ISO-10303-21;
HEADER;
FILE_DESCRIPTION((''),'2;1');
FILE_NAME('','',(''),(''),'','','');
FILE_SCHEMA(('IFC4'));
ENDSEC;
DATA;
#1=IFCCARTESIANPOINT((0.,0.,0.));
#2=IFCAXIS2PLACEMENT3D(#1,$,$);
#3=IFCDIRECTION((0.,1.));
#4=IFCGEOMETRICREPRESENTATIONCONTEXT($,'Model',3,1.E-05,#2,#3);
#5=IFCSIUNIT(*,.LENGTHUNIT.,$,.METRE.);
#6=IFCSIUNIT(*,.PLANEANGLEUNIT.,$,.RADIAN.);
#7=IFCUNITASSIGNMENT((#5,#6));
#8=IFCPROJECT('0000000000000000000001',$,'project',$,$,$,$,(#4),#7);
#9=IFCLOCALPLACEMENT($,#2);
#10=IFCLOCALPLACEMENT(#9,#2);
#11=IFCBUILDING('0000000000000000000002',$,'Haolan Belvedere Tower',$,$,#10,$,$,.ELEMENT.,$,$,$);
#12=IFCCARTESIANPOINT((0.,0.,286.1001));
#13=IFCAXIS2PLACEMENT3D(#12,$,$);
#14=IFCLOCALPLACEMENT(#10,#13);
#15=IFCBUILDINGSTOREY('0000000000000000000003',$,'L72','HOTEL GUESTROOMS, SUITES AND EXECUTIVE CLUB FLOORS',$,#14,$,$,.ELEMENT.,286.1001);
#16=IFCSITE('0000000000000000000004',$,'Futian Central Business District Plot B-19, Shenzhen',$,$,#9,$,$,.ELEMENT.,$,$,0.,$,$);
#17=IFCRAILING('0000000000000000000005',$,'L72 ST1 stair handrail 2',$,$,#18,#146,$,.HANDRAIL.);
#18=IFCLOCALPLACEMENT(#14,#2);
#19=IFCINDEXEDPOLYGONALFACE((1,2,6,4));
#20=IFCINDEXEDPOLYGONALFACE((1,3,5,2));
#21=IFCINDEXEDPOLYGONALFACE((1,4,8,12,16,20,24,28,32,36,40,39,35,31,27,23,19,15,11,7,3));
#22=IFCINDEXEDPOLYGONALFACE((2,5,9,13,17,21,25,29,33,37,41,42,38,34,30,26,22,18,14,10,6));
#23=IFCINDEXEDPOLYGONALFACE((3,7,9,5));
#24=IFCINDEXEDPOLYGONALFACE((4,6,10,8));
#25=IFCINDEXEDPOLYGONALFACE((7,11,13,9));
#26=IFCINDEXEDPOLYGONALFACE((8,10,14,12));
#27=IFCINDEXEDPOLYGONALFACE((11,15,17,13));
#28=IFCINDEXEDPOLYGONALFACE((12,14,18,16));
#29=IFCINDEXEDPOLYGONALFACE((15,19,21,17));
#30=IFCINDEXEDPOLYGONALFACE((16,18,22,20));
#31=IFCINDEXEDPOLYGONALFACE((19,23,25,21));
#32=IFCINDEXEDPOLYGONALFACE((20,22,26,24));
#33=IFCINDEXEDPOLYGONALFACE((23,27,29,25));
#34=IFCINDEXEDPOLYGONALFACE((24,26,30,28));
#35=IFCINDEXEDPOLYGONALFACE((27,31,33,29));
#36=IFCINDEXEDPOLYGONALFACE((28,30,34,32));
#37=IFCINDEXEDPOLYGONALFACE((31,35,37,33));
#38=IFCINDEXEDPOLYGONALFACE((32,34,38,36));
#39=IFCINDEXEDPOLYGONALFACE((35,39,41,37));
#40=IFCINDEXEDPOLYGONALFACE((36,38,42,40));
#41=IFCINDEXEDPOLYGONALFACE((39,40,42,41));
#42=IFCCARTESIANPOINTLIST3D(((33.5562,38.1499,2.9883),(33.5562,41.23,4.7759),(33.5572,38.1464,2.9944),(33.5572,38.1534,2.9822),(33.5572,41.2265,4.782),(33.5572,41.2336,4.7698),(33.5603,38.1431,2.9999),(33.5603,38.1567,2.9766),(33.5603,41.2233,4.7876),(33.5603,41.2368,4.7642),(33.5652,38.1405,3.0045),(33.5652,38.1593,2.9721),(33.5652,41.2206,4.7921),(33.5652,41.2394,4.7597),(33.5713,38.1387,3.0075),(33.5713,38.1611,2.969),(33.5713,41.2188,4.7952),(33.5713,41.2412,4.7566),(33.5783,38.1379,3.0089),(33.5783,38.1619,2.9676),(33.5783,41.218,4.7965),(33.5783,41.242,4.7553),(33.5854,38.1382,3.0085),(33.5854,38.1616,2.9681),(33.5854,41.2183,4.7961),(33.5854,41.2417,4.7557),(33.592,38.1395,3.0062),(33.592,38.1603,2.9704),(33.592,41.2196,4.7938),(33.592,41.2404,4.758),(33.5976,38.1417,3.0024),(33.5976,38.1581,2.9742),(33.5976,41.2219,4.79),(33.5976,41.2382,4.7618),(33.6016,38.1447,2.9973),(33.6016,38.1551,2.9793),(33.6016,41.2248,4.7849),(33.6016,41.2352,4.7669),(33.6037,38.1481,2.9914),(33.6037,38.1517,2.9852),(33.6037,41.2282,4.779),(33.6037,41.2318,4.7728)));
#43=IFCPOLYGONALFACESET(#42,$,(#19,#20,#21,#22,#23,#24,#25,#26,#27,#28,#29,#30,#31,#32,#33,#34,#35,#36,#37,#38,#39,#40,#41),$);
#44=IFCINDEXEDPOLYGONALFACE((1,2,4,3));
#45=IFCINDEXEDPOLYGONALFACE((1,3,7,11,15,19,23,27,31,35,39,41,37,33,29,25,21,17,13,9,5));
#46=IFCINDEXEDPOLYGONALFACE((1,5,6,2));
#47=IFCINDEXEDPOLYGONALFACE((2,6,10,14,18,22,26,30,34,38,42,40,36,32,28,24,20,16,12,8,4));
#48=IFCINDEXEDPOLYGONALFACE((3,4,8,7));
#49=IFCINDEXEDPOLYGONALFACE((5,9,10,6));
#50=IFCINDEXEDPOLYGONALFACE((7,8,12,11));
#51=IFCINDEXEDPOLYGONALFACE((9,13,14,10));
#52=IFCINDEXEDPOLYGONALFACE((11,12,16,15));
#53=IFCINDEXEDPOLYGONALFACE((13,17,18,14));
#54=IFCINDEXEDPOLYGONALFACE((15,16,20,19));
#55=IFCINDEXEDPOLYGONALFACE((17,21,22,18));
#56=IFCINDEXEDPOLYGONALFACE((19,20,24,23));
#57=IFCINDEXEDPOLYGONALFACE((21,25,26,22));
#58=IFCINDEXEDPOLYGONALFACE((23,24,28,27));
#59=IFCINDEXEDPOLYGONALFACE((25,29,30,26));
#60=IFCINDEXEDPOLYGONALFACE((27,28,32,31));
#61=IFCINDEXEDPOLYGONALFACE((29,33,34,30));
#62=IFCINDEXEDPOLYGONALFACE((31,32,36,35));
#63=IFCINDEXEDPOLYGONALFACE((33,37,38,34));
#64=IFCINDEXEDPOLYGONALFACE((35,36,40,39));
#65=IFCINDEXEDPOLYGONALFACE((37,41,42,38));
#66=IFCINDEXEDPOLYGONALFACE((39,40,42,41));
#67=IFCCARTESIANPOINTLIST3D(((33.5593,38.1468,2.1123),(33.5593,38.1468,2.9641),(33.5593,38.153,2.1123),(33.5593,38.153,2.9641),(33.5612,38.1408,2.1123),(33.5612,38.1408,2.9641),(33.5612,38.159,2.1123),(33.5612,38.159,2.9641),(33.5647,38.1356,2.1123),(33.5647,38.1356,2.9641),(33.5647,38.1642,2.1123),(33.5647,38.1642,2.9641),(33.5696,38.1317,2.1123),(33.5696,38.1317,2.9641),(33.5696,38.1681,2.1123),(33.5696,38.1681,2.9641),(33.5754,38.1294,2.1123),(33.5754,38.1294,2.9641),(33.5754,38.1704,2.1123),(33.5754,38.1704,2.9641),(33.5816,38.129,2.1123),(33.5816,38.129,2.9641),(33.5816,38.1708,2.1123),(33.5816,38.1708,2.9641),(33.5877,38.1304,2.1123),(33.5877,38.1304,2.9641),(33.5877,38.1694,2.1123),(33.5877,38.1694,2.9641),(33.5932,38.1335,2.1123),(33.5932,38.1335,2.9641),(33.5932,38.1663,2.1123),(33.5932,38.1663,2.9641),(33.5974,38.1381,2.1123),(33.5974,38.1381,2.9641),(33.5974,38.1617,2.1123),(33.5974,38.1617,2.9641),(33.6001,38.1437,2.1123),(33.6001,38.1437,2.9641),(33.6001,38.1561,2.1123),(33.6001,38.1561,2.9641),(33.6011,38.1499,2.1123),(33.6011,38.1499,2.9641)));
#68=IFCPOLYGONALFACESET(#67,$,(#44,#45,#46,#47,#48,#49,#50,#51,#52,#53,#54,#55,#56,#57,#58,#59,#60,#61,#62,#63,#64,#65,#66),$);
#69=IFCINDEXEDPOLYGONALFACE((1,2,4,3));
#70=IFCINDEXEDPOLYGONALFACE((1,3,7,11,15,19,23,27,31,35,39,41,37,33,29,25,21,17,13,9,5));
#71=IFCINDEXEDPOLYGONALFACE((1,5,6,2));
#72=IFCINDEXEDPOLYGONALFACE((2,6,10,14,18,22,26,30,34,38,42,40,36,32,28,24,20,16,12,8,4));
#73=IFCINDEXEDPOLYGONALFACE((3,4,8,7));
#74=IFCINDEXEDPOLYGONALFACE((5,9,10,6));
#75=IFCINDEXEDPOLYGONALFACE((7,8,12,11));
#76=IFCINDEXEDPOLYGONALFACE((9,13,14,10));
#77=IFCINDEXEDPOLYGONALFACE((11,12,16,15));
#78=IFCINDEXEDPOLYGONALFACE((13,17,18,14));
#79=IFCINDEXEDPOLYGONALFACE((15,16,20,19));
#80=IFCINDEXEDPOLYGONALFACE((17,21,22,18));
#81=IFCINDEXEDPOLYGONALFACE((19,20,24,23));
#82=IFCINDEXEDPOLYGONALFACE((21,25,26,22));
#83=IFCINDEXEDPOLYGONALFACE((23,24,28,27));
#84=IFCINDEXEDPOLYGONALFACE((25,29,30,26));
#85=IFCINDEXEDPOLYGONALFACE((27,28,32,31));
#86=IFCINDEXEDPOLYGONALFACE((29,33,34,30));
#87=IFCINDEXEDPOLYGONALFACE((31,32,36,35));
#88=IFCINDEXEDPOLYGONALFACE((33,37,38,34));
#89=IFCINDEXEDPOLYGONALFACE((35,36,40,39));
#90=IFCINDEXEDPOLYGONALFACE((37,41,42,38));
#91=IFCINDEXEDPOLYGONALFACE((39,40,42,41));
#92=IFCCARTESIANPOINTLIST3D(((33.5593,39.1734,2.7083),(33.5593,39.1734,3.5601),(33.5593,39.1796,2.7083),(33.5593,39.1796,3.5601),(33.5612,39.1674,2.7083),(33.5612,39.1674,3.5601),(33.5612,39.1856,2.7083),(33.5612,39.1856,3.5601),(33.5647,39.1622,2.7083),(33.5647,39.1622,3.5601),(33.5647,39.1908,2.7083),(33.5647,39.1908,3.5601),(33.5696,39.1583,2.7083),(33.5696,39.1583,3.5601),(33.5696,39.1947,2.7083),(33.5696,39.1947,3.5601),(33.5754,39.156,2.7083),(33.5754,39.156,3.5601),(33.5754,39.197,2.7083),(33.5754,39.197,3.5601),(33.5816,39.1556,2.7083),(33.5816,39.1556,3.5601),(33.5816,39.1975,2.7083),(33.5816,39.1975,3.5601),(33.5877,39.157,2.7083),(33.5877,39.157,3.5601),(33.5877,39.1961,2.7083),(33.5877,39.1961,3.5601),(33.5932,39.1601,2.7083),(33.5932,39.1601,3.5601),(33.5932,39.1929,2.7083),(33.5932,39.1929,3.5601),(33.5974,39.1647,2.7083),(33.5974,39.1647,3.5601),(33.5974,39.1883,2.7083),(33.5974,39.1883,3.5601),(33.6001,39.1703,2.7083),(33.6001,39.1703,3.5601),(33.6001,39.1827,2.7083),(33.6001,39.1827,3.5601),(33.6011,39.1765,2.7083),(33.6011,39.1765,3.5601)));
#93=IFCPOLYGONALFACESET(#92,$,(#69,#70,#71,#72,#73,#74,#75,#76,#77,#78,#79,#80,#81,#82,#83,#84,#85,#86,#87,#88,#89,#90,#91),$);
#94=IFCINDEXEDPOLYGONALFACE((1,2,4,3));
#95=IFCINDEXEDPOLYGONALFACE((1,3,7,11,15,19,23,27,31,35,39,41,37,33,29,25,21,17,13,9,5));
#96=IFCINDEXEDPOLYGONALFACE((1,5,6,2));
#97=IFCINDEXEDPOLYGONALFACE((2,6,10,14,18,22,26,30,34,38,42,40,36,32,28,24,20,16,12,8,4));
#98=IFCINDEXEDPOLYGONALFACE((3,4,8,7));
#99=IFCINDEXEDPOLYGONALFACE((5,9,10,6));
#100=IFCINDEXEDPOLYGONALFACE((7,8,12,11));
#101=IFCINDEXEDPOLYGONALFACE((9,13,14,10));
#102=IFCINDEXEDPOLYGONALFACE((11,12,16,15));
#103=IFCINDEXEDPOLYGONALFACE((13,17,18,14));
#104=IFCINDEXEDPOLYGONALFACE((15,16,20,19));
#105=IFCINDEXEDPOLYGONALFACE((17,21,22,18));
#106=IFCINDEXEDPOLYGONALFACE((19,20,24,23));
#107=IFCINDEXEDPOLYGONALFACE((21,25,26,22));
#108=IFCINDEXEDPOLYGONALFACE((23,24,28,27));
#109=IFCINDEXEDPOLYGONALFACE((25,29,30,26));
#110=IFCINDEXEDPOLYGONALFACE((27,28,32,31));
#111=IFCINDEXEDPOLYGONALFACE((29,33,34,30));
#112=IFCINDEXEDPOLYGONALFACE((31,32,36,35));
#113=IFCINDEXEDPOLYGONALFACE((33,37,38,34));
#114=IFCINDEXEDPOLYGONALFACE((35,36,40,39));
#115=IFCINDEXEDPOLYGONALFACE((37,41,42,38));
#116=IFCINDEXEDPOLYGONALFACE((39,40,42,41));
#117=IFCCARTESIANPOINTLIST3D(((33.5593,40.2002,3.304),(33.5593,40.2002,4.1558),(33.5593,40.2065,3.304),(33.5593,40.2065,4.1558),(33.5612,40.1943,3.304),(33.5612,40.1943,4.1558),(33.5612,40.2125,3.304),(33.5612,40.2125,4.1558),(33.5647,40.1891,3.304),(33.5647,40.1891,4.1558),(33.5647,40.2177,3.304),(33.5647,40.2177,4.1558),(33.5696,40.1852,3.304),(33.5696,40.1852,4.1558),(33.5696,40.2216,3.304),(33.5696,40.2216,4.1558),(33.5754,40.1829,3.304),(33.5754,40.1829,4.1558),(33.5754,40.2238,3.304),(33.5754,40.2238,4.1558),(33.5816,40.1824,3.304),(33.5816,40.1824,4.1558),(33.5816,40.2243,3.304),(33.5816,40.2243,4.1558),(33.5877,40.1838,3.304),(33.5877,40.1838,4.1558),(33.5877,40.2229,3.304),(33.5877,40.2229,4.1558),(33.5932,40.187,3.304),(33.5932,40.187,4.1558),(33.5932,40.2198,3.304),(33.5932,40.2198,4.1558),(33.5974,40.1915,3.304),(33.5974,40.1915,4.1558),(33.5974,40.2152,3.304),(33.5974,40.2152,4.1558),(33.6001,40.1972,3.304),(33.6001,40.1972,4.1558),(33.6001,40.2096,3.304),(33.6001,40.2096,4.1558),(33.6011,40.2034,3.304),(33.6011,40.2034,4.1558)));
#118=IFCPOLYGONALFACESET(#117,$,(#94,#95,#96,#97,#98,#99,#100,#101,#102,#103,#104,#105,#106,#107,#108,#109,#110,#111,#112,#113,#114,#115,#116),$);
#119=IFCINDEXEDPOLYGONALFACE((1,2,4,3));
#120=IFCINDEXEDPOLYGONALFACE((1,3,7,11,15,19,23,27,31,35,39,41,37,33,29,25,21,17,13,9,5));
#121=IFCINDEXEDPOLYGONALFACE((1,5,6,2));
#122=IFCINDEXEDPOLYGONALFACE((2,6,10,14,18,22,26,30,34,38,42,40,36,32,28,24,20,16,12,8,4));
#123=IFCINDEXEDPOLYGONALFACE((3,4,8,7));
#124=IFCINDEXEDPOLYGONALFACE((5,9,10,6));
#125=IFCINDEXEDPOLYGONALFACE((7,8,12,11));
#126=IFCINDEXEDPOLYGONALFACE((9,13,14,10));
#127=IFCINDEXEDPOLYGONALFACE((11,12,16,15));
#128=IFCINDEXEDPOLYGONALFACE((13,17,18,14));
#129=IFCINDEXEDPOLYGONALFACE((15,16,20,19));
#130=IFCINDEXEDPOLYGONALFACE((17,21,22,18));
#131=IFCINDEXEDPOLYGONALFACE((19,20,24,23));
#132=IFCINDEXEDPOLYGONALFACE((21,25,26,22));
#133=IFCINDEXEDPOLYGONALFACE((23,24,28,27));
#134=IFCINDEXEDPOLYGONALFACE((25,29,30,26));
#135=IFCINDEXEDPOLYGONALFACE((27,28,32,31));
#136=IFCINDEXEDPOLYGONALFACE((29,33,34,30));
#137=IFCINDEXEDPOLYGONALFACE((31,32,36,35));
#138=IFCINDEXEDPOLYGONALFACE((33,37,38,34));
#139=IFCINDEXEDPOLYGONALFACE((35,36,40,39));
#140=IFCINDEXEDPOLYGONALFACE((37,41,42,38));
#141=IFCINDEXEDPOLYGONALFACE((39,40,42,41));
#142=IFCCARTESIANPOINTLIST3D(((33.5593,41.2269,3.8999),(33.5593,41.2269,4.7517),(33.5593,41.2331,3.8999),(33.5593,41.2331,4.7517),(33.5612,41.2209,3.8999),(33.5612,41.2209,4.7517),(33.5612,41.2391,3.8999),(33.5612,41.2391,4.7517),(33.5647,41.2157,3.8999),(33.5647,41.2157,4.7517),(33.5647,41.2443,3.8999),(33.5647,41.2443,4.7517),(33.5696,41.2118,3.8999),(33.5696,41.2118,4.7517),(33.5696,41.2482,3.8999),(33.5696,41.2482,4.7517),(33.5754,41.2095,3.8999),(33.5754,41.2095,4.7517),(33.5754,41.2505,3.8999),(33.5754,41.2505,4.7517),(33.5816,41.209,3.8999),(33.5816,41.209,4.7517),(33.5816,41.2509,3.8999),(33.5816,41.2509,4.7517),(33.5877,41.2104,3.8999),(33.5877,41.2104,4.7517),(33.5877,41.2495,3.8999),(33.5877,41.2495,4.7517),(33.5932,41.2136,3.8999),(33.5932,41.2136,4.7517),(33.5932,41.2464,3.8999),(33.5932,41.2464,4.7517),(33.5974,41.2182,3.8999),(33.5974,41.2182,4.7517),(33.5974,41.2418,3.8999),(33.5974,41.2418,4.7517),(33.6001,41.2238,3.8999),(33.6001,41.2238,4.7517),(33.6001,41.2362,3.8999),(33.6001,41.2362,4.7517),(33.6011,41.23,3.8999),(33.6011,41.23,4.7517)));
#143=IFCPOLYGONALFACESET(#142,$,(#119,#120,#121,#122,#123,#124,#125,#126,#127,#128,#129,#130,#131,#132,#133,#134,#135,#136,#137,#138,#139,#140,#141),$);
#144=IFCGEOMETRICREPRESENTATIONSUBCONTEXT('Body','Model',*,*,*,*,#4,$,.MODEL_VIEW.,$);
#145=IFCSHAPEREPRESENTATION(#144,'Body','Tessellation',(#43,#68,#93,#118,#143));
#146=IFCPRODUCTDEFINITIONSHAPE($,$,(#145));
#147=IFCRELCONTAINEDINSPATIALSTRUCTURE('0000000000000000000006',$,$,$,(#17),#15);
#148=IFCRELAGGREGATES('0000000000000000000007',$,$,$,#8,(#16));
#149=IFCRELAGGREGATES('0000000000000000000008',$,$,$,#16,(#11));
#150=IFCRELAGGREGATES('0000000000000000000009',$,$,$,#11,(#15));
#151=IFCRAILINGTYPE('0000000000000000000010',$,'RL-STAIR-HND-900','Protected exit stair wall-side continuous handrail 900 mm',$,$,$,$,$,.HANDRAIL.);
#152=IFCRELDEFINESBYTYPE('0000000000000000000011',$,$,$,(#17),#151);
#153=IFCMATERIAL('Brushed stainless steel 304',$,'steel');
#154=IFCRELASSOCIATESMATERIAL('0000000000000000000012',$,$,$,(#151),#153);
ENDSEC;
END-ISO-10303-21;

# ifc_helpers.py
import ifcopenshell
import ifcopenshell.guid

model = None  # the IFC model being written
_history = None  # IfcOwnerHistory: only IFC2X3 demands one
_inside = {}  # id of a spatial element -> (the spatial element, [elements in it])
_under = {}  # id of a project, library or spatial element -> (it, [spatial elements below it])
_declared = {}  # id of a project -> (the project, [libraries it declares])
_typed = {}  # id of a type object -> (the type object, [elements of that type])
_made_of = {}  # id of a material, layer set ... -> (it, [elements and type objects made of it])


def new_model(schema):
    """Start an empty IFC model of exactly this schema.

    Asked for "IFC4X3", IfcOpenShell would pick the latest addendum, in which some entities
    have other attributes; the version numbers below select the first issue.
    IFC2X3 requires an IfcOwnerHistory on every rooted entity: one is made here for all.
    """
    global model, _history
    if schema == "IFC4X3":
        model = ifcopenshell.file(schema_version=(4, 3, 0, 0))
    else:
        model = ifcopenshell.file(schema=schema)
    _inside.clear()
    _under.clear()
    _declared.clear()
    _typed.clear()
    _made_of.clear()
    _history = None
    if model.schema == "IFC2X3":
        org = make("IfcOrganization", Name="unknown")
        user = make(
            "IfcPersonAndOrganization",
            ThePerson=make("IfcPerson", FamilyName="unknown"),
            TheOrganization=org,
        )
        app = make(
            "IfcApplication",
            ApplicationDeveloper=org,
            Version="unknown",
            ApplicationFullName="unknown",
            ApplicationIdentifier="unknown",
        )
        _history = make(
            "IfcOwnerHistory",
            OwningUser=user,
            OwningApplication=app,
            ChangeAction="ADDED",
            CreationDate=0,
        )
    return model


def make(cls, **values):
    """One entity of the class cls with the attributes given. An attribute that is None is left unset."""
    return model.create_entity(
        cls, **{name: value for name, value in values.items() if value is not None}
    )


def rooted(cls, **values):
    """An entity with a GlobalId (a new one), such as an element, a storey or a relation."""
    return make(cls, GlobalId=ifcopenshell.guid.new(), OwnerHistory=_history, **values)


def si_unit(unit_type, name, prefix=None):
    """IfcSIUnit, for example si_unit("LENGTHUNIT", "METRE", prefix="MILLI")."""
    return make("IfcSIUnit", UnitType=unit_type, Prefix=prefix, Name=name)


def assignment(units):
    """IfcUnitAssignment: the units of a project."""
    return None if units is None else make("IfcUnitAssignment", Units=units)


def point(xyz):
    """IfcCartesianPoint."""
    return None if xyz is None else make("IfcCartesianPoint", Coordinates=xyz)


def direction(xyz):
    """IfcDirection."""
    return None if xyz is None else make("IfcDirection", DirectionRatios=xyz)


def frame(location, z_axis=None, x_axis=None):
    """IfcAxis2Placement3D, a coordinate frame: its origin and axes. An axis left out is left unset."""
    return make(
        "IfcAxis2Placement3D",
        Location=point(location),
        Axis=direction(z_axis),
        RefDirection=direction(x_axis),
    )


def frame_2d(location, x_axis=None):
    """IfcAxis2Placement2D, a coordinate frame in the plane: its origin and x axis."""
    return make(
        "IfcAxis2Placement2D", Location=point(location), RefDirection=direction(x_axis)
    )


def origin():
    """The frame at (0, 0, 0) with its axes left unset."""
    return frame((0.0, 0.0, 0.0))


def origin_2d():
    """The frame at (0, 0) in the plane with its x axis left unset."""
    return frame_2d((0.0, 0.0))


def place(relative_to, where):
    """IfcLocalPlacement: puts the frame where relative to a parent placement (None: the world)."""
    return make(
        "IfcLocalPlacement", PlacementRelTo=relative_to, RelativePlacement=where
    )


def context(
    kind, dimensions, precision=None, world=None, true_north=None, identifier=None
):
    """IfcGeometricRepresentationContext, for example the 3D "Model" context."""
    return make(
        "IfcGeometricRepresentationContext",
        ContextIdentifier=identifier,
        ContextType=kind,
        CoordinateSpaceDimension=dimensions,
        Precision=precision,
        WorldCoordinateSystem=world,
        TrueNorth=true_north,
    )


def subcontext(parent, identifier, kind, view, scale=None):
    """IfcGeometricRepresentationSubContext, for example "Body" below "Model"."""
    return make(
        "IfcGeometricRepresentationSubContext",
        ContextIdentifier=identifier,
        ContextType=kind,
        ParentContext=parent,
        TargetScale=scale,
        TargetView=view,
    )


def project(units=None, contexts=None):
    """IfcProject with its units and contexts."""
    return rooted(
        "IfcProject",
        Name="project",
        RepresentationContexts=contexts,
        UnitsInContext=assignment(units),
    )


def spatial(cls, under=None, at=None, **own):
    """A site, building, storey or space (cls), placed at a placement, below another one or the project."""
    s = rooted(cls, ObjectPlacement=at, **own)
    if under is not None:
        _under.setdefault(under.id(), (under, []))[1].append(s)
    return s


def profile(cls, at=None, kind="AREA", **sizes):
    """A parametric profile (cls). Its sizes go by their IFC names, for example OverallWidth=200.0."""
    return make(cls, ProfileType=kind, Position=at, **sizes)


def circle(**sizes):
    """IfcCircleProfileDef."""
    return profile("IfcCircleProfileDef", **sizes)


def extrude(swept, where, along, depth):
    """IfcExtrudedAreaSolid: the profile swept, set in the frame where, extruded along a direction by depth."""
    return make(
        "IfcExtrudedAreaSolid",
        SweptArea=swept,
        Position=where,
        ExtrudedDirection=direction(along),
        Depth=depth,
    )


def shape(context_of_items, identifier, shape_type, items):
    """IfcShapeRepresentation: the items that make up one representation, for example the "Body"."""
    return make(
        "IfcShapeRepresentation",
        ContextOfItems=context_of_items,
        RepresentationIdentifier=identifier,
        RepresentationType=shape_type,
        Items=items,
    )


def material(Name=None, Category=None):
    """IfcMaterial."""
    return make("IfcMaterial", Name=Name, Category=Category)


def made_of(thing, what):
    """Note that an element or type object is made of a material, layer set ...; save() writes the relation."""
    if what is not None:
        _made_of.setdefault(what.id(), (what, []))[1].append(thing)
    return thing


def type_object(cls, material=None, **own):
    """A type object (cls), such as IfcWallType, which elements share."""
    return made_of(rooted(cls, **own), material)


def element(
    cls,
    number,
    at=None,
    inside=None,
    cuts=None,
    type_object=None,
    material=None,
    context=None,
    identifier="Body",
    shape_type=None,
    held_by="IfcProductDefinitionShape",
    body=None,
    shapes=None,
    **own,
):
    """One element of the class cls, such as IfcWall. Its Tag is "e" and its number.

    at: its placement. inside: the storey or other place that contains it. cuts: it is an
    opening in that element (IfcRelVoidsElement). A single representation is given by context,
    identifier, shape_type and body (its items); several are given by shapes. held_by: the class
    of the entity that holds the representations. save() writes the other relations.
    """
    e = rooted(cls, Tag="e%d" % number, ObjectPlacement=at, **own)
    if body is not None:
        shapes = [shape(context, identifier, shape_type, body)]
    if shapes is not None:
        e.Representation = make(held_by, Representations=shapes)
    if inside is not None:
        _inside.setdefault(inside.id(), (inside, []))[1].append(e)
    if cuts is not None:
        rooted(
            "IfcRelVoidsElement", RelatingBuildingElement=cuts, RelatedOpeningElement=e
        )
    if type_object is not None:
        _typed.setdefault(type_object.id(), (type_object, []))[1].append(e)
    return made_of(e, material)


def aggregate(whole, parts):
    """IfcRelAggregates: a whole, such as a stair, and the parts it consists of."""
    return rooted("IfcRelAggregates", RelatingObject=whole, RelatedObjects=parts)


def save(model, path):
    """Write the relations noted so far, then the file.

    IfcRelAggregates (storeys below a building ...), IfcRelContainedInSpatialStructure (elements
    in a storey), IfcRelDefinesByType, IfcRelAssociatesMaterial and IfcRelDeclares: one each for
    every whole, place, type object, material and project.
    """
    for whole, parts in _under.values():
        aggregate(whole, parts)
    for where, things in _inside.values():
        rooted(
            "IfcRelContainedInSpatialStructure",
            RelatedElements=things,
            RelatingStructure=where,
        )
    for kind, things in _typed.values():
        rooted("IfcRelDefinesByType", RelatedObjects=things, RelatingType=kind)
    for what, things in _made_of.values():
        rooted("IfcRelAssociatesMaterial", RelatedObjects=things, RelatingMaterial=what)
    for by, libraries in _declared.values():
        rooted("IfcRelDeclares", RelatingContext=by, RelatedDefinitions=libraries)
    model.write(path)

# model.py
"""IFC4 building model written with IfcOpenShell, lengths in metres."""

from ifc_helpers import new_model, si_unit, direction, frame, origin, origin_2d, place, context, subcontext, project, spatial, circle, extrude, material, type_object, element, save


model = new_model("IFC4")

# Units and contexts
model_context = context("Model", 3, precision=1e-05, world=origin(), true_north=direction((0.0, 1.0)))
body_context = subcontext(model_context, "Body", "Model", "MODEL_VIEW")
ifc_project = project(units=[si_unit("LENGTHUNIT", "METRE"), si_unit("PLANEANGLEUNIT", "RADIAN")], contexts=[model_context])

# Site, building, storey
site_placement = place(None, origin())
site = spatial("IfcSite", under=ifc_project, at=site_placement, Name="Futian Central Business District Plot B-19, Shenzhen", CompositionType="ELEMENT", RefElevation=0.0)
building_placement = place(site_placement, origin())
building = spatial("IfcBuilding", under=site, at=building_placement, Name="Haolan Belvedere Tower", CompositionType="ELEMENT")
storey_placement = place(building_placement, frame((0.0, 0.0, 286.1001)))
storey = spatial("IfcBuildingStorey", under=building, at=storey_placement, Name="L72", Description="HOTEL GUESTROOMS, SUITES AND EXECUTIVE CLUB FLOORS", CompositionType="ELEMENT", Elevation=286.1001)

# Railing
ifc_material_1 = material(Name="Brushed stainless steel 304", Category="steel")
railing_type_1 = type_object("IfcRailingType", Name="RL-STAIR-HND-900", Description="Protected exit stair wall-side continuous handrail 900 mm", PredefinedType="HANDRAIL", material=ifc_material_1)
railing_1_placement = place(storey_placement, frame((33.5801, 38.1499, 2.1123)))
element("IfcRailing", 1, at=railing_1_placement, inside=storey, type_object=railing_type_1, Name="L72 ST1 stair handrail 2", PredefinedType="HANDRAIL", context=body_context, shape_type="SweptSolid", body=[
    extrude(circle(Radius=0.0239, at=origin_2d()), frame((0.0, 0.0, 0.876), z_axis=(0.0, 0.864891, 0.50196), x_axis=(-1.0, 0.0, 0.0)), (0.0, 0.0, 1.0), 3.5613),
    extrude(circle(Radius=0.021, at=origin_2d()), origin(), (0.0, 0.0, 1.0), 0.8518),
    extrude(circle(Radius=0.021, at=origin_2d()), frame((0.0, 1.0266, 0.5959)), (0.0, 0.0, 1.0), 0.8518),
    extrude(circle(Radius=0.021, at=origin_2d()), frame((0.0, 2.0535, 1.1917)), (0.0, 0.0, 1.0), 0.8518),
    extrude(circle(Radius=0.021, at=origin_2d()), frame((0.0, 3.0801, 1.7876)), (0.0, 0.0, 1.0), 0.8518),
])

save(model, "model.ifc")
